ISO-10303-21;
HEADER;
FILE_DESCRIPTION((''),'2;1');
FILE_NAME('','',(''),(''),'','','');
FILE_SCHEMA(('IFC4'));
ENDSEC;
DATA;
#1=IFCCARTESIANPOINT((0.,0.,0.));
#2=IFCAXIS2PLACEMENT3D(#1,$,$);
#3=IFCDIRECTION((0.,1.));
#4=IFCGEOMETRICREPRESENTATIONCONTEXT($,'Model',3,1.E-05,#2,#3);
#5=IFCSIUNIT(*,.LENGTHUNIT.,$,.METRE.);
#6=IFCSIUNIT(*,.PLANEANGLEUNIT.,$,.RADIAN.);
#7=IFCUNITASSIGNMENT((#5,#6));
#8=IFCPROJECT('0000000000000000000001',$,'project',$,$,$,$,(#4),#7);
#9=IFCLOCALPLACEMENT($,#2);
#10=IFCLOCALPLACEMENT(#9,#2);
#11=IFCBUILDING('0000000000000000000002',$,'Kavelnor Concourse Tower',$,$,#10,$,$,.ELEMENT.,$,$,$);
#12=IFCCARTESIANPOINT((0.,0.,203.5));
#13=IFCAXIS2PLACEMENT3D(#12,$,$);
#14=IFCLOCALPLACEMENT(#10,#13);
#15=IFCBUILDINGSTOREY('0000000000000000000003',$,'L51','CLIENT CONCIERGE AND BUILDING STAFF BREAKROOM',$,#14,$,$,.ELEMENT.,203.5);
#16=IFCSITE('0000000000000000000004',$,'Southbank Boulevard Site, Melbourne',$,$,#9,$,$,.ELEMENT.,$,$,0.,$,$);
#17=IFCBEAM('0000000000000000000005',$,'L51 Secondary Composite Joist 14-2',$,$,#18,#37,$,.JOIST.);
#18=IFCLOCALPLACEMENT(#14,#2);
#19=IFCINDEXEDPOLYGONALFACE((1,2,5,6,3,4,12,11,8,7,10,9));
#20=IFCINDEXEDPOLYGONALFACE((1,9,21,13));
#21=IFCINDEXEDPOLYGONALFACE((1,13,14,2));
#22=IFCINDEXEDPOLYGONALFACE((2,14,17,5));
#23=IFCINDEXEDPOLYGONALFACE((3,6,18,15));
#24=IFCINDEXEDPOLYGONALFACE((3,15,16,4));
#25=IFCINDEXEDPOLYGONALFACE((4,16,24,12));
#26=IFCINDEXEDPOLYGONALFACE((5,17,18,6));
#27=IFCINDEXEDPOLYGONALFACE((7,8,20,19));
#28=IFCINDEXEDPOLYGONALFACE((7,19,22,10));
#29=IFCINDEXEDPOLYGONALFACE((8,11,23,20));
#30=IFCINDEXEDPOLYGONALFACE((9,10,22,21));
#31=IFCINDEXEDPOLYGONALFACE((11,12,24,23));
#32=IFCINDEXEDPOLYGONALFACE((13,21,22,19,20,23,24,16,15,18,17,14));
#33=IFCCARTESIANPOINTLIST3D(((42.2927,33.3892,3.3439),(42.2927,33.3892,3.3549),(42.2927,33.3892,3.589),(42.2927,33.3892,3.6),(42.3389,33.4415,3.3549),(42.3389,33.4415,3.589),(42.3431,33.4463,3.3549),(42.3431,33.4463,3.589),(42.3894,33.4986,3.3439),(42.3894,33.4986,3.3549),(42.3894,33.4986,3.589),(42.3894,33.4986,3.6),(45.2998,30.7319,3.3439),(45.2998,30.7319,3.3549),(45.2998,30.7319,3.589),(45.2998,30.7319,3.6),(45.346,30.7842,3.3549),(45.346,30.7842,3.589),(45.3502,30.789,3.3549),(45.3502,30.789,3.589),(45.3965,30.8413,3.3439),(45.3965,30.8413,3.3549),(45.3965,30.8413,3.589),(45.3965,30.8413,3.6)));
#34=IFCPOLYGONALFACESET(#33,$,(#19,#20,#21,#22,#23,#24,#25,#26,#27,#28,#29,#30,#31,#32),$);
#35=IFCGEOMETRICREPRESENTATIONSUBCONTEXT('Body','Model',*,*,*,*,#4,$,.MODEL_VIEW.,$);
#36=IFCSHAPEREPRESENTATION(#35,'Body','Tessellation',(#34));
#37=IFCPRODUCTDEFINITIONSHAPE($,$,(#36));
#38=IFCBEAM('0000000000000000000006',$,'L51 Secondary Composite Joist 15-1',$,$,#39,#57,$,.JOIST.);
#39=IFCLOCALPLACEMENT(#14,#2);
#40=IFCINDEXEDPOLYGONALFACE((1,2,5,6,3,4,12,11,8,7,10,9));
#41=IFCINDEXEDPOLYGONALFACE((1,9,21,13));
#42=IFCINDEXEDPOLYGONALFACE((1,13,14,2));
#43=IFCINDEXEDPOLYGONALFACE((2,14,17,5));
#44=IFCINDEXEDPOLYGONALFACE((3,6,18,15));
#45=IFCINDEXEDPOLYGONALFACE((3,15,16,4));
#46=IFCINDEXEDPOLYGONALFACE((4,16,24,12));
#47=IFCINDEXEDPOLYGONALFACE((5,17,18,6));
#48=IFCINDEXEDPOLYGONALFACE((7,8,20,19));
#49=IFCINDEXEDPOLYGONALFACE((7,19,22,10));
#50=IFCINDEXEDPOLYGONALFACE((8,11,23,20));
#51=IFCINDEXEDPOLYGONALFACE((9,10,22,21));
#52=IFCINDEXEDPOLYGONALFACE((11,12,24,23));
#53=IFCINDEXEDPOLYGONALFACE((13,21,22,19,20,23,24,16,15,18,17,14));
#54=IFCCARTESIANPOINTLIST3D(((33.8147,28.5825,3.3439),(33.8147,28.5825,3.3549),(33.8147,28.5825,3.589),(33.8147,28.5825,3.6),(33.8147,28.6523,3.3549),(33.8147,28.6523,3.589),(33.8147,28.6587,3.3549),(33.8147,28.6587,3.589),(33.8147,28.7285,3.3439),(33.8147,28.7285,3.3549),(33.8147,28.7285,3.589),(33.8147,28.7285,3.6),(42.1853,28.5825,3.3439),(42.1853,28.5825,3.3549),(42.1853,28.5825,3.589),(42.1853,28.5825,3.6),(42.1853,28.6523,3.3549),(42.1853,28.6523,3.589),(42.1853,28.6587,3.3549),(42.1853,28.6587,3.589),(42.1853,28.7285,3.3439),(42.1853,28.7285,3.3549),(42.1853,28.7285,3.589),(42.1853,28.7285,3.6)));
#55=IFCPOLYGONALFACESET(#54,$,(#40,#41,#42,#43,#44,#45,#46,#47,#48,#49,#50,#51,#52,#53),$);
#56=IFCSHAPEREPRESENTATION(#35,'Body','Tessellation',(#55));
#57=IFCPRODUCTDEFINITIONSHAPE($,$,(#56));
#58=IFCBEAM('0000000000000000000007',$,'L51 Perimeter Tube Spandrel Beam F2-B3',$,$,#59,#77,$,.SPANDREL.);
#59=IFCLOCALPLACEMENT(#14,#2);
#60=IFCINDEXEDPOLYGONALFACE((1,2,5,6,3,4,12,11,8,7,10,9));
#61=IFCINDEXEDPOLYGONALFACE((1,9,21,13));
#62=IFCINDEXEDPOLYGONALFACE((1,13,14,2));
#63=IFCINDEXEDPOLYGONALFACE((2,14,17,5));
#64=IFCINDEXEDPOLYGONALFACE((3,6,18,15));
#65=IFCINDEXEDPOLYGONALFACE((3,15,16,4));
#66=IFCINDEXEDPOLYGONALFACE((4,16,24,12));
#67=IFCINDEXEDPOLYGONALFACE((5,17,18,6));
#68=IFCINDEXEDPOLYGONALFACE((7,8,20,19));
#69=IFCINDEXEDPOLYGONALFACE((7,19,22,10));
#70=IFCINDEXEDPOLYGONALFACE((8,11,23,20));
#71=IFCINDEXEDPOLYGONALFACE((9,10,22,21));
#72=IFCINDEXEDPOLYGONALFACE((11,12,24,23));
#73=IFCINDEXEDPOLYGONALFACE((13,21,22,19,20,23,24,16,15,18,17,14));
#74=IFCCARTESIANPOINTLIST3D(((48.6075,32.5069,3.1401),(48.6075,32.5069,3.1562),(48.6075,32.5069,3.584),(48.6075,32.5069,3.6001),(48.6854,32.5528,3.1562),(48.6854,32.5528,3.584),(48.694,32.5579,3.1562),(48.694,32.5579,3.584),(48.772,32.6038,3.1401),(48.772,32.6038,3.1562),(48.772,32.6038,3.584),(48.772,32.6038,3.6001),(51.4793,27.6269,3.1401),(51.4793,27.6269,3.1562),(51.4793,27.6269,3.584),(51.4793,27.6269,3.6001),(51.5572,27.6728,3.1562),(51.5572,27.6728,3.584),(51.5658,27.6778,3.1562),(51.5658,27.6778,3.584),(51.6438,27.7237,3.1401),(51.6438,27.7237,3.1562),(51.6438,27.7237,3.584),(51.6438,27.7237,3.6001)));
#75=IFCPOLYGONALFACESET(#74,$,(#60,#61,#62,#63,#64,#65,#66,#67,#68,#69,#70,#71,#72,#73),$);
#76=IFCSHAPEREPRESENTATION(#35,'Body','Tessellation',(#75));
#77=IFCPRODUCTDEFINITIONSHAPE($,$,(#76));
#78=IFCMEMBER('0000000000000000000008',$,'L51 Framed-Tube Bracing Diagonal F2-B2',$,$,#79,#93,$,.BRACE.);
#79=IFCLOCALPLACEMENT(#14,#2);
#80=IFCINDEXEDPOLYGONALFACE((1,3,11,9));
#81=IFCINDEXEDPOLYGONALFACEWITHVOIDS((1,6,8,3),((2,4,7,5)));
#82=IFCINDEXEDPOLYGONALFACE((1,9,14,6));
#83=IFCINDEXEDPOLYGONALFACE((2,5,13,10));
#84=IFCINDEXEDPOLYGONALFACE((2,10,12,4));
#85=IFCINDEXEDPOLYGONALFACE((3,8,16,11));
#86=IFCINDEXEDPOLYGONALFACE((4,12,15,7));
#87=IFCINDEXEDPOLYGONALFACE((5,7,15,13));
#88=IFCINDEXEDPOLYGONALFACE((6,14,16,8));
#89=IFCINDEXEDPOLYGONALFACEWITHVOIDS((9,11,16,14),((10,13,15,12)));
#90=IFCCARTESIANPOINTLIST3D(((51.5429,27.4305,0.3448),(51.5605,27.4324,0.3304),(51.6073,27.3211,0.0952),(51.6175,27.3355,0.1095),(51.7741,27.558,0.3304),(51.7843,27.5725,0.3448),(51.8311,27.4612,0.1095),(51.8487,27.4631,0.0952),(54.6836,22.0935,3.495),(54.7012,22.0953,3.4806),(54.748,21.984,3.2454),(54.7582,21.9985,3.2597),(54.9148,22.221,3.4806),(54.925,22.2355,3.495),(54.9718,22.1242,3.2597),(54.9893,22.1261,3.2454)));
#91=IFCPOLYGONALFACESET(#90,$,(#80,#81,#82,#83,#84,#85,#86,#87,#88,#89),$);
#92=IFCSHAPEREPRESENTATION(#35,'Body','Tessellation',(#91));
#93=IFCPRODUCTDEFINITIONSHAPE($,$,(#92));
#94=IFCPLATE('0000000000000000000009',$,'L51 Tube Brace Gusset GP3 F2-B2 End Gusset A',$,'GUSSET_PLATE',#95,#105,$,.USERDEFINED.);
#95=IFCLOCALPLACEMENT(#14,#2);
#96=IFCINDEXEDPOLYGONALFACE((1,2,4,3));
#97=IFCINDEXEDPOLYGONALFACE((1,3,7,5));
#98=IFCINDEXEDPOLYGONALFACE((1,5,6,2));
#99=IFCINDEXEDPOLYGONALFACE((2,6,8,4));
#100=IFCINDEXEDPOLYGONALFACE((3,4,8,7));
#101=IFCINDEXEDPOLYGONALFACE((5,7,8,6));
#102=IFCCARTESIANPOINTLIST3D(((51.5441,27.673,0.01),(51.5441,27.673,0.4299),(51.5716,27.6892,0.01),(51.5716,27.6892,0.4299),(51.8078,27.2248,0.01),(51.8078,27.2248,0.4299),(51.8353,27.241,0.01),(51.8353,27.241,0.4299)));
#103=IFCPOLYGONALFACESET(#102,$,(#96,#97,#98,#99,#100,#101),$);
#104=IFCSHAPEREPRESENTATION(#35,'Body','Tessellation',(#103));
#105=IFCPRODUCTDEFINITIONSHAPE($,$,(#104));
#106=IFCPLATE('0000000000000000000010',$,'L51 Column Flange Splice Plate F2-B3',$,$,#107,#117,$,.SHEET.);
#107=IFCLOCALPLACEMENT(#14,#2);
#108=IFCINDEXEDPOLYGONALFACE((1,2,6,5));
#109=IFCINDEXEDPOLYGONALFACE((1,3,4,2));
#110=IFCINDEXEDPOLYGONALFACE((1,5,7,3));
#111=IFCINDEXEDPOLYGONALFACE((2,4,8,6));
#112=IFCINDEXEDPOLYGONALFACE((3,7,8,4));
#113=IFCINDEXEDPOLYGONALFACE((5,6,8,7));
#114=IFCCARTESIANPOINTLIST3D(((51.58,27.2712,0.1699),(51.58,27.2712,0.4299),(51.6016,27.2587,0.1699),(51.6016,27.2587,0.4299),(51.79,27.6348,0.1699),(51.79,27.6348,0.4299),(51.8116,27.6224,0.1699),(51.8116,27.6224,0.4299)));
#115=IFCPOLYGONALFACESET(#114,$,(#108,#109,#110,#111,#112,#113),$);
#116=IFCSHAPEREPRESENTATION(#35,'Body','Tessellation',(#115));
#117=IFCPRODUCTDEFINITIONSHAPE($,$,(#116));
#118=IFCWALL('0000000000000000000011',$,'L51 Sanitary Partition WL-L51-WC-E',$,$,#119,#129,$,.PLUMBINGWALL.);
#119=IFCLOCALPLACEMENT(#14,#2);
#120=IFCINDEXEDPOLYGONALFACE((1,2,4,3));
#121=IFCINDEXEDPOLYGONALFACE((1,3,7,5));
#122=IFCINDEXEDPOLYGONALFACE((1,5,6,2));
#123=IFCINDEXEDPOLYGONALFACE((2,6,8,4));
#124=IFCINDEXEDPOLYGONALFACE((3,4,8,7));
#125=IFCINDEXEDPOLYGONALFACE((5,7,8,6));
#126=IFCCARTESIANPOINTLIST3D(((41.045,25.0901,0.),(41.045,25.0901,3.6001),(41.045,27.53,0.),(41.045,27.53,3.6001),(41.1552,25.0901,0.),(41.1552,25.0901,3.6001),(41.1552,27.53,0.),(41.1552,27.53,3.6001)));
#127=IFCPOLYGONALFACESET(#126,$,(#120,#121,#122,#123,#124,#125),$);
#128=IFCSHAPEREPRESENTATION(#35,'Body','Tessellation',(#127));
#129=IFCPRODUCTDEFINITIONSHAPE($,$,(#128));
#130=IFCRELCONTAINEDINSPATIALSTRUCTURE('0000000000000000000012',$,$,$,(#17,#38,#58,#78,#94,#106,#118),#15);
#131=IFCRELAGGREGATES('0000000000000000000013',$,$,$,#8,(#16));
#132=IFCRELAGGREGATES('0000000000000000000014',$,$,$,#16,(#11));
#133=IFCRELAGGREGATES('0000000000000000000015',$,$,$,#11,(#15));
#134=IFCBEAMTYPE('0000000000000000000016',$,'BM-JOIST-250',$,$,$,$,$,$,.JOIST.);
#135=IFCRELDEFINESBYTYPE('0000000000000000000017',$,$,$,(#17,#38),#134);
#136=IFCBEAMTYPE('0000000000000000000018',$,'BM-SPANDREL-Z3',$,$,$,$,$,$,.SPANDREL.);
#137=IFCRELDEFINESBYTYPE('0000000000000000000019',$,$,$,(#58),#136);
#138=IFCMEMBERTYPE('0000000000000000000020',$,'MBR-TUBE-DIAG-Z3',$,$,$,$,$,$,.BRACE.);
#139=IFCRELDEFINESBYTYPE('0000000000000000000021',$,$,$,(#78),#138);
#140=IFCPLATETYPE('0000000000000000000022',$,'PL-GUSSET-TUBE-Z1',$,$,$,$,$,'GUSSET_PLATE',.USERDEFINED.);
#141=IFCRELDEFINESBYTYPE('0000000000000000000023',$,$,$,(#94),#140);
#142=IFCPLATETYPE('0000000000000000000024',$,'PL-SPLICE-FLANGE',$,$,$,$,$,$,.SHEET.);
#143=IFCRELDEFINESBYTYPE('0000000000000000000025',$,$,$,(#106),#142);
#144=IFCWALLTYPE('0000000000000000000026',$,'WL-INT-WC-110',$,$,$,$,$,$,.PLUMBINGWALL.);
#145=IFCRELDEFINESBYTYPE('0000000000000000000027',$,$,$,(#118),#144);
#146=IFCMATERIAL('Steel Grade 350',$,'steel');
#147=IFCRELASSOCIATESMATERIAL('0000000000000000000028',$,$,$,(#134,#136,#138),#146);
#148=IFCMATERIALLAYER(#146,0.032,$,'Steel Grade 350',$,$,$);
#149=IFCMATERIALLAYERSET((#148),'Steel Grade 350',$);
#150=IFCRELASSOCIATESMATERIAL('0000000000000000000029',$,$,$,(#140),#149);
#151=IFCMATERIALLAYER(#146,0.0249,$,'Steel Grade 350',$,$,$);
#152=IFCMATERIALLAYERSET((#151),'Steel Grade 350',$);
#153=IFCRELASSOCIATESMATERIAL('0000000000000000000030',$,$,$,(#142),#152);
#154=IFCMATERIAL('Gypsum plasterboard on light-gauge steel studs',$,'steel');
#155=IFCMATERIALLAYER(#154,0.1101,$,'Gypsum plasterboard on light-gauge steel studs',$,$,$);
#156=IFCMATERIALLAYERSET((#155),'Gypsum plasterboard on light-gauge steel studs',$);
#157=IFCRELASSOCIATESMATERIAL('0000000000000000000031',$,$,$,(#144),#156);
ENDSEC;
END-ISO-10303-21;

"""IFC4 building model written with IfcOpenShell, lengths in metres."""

from ifc_helpers import new_model, si_unit, direction, frame, frame_2d, origin, origin_2d, place, context, subcontext, project, spatial, rectangle, hollow_rectangle, i_section, extrude, material, layer, layer_set, material_profile, profile_set, type_object, element, save


model = new_model("IFC4")

# Units and contexts
model_context = context("Model", 3, precision=1e-05, world=origin(), true_north=direction((0.0, 1.0)))
body_context = subcontext(model_context, "Body", "Model", "MODEL_VIEW")
ifc_project = project(units=[si_unit("LENGTHUNIT", "METRE"), si_unit("PLANEANGLEUNIT", "RADIAN")], contexts=[model_context])

# Site, building, storey
site_placement = place(None, origin())
site = spatial("IfcSite", under=ifc_project, at=site_placement, Name="Southbank Boulevard Site, Melbourne", CompositionType="ELEMENT", RefElevation=0.0)
building_placement = place(site_placement, origin())
building = spatial("IfcBuilding", under=site, at=building_placement, Name="Kavelnor Concourse Tower", CompositionType="ELEMENT")
storey_placement = place(building_placement, frame((0.0, 0.0, 203.5)))
storey = spatial("IfcBuildingStorey", under=building, at=storey_placement, Name="L51", Description="CLIENT CONCIERGE AND BUILDING STAFF BREAKROOM", CompositionType="ELEMENT", Elevation=203.5)

# Shared definitions
ifc_material_1 = material(Name="Steel Grade 350", Category="steel")

# Beams
ifc_material_profile_1 = material_profile(ifc_material_1, i_section(OverallWidth=0.146, OverallDepth=0.2561, WebThickness=0.0063, FlangeThickness=0.011, at=origin_2d()), Name="250UB37")
ifc_profile_set_1 = profile_set([ifc_material_profile_1], Name="Steel Grade 350")
beam_type_1 = type_object("IfcBeamType", Name="BM-JOIST-250", PredefinedType="JOIST", material=ifc_profile_set_1)
beam_1_placement = place(storey_placement, frame((45.3481, 30.7866, 3.4719), z_axis=(-0.749353, 0.662171, 0.0), x_axis=(-0.662171, -0.749353, 0.0)))
element("IfcBeam", 1, at=beam_1_placement, inside=storey, type_object=beam_type_1, Name="L51 Secondary Composite Joist 14-2", PredefinedType="JOIST", context=body_context, shape_type="SweptSolid", body=[
    extrude(i_section(OverallWidth=0.146, OverallDepth=0.2561, WebThickness=0.0063, FlangeThickness=0.011, at=origin_2d()), origin(), (0.0, 0.0, 1.0), 4.0129),
])
beam_2_placement = place(storey_placement, frame((42.1853, 28.6555, 3.4719), z_axis=(-1.0, 0.0, 0.0), x_axis=(0.0, -1.0, 0.0)))
element("IfcBeam", 2, at=beam_2_placement, inside=storey, type_object=beam_type_1, Name="L51 Secondary Composite Joist 15-1", PredefinedType="JOIST", context=body_context, shape_type="SweptSolid", body=[
    extrude(i_section(OverallWidth=0.146, OverallDepth=0.2561, WebThickness=0.0063, FlangeThickness=0.011, at=origin_2d()), origin(), (0.0, 0.0, 1.0), 8.3706),
])
ifc_material_profile_2 = material_profile(ifc_material_1, i_section(OverallWidth=0.1909, OverallDepth=0.46, WebThickness=0.01, FlangeThickness=0.0161, at=origin_2d()), Name="460UB82")
ifc_profile_set_2 = profile_set([ifc_material_profile_2], Name="Steel Grade 350")
beam_type_2 = type_object("IfcBeamType", Name="BM-SPANDREL-Z3", PredefinedType="SPANDREL", material=ifc_profile_set_2)
beam_3_placement = place(storey_placement, frame((51.5615, 27.6753, 3.3701), z_axis=(-0.507173, 0.861844, 0.0), x_axis=(-0.861844, -0.507173, 0.0)))
element("IfcBeam", 3, at=beam_3_placement, inside=storey, type_object=beam_type_2, Name="L51 Perimeter Tube Spandrel Beam F2-B3", PredefinedType="SPANDREL", context=body_context, shape_type="SweptSolid", body=[
    extrude(i_section(OverallWidth=0.1909, OverallDepth=0.46, WebThickness=0.01, FlangeThickness=0.0161, at=origin_2d()), origin(), (0.0, 0.0, 1.0), 5.6624),
])

# Member
ifc_material_profile_3 = material_profile(ifc_material_1, hollow_rectangle(XDim=0.28, YDim=0.28, WallThickness=0.0161, at=origin_2d()), Name="SHS 280x280x16")
ifc_profile_set_3 = profile_set([ifc_material_profile_3], Name="Steel Grade 350")
member_type = type_object("IfcMemberType", Name="MBR-TUBE-DIAG-Z3", PredefinedType="BRACE", material=ifc_profile_set_3)
member_placement = place(storey_placement, frame((51.6958, 27.4468, 0.22), z_axis=(0.452042, -0.768163, 0.453413), x_axis=(0.861845, 0.507172, 0.0)))
element("IfcMember", 4, at=member_placement, inside=storey, type_object=member_type, Name="L51 Framed-Tube Bracing Diagonal F2-B2", PredefinedType="BRACE", context=body_context, shape_type="SweptSolid", body=[
    extrude(hollow_rectangle(XDim=0.28, YDim=0.28, WallThickness=0.0161, at=origin_2d()), origin(), (0.0, 0.0, 1.0), 6.9478),
])

# Plates
ifc_layer_1 = layer(ifc_material_1, 0.032, Name="Steel Grade 350")
ifc_layer_set_1 = layer_set([ifc_layer_1], Name="Steel Grade 350")
plate_type_1 = type_object("IfcPlateType", Name="PL-GUSSET-TUBE-Z1", ElementType="GUSSET_PLATE", PredefinedType="USERDEFINED", material=ifc_layer_set_1)
plate_1_placement = place(storey_placement, frame((51.6897, 27.457, 0.01), z_axis=(0.0, 0.0, 1.0), x_axis=(0.507087, -0.861895, 0.0)))
element("IfcPlate", 5, at=plate_1_placement, inside=storey, type_object=plate_type_1, Name="L51 Tube Brace Gusset GP3 F2-B2 End Gusset A", ObjectType="GUSSET_PLATE", PredefinedType="USERDEFINED", context=body_context, shape_type="SweptSolid", body=[
    extrude(rectangle(XDim=0.52, YDim=0.032, at=origin_2d()), origin(), (0.0, 0.0, 1.0), 0.4199),
])
ifc_layer_2 = layer(ifc_material_1, 0.0249, Name="Steel Grade 350")
ifc_layer_set_2 = layer_set([ifc_layer_2], Name="Steel Grade 350")
plate_type_2 = type_object("IfcPlateType", Name="PL-SPLICE-FLANGE", PredefinedType="SHEET", material=ifc_layer_set_2)
plate_2_placement = place(storey_placement, frame((51.6958, 27.4468, 0.1699), z_axis=(0.0, 0.0, 1.0), x_axis=(-0.5, -0.866025, 0.0)))
element("IfcPlate", 6, at=plate_2_placement, inside=storey, type_object=plate_type_2, Name="L51 Column Flange Splice Plate F2-B3", PredefinedType="SHEET", context=body_context, shape_type="SweptSolid", body=[
    extrude(rectangle(XDim=0.4199, YDim=0.0249, at=origin_2d()), origin(), (0.0, 0.0, 1.0), 0.26),
])

# Wall
ifc_material_2 = material(Name="Gypsum plasterboard on light-gauge steel studs", Category="steel")
ifc_layer_3 = layer(ifc_material_2, 0.1101, Name="Gypsum plasterboard on light-gauge steel studs")
ifc_layer_set_3 = layer_set([ifc_layer_3], Name="Gypsum plasterboard on light-gauge steel studs")
wall_type = type_object("IfcWallType", Name="WL-INT-WC-110", PredefinedType="PLUMBINGWALL", material=ifc_layer_set_3)
wall_placement = place(storey_placement, frame((41.1001, 25.0901, 0.0), z_axis=(0.0, 0.0, 1.0), x_axis=(0.0, 1.0, 0.0)))
element("IfcWall", 7, at=wall_placement, inside=storey, type_object=wall_type, Name="L51 Sanitary Partition WL-L51-WC-E", PredefinedType="PLUMBINGWALL", context=body_context, shape_type="SweptSolid", body=[
    extrude(rectangle(XDim=2.4399, YDim=0.1101, at=frame_2d((1.22, 0.0))), origin(), (0.0, 0.0, 1.0), 3.6001),
])

save(model, "model.ifc")
